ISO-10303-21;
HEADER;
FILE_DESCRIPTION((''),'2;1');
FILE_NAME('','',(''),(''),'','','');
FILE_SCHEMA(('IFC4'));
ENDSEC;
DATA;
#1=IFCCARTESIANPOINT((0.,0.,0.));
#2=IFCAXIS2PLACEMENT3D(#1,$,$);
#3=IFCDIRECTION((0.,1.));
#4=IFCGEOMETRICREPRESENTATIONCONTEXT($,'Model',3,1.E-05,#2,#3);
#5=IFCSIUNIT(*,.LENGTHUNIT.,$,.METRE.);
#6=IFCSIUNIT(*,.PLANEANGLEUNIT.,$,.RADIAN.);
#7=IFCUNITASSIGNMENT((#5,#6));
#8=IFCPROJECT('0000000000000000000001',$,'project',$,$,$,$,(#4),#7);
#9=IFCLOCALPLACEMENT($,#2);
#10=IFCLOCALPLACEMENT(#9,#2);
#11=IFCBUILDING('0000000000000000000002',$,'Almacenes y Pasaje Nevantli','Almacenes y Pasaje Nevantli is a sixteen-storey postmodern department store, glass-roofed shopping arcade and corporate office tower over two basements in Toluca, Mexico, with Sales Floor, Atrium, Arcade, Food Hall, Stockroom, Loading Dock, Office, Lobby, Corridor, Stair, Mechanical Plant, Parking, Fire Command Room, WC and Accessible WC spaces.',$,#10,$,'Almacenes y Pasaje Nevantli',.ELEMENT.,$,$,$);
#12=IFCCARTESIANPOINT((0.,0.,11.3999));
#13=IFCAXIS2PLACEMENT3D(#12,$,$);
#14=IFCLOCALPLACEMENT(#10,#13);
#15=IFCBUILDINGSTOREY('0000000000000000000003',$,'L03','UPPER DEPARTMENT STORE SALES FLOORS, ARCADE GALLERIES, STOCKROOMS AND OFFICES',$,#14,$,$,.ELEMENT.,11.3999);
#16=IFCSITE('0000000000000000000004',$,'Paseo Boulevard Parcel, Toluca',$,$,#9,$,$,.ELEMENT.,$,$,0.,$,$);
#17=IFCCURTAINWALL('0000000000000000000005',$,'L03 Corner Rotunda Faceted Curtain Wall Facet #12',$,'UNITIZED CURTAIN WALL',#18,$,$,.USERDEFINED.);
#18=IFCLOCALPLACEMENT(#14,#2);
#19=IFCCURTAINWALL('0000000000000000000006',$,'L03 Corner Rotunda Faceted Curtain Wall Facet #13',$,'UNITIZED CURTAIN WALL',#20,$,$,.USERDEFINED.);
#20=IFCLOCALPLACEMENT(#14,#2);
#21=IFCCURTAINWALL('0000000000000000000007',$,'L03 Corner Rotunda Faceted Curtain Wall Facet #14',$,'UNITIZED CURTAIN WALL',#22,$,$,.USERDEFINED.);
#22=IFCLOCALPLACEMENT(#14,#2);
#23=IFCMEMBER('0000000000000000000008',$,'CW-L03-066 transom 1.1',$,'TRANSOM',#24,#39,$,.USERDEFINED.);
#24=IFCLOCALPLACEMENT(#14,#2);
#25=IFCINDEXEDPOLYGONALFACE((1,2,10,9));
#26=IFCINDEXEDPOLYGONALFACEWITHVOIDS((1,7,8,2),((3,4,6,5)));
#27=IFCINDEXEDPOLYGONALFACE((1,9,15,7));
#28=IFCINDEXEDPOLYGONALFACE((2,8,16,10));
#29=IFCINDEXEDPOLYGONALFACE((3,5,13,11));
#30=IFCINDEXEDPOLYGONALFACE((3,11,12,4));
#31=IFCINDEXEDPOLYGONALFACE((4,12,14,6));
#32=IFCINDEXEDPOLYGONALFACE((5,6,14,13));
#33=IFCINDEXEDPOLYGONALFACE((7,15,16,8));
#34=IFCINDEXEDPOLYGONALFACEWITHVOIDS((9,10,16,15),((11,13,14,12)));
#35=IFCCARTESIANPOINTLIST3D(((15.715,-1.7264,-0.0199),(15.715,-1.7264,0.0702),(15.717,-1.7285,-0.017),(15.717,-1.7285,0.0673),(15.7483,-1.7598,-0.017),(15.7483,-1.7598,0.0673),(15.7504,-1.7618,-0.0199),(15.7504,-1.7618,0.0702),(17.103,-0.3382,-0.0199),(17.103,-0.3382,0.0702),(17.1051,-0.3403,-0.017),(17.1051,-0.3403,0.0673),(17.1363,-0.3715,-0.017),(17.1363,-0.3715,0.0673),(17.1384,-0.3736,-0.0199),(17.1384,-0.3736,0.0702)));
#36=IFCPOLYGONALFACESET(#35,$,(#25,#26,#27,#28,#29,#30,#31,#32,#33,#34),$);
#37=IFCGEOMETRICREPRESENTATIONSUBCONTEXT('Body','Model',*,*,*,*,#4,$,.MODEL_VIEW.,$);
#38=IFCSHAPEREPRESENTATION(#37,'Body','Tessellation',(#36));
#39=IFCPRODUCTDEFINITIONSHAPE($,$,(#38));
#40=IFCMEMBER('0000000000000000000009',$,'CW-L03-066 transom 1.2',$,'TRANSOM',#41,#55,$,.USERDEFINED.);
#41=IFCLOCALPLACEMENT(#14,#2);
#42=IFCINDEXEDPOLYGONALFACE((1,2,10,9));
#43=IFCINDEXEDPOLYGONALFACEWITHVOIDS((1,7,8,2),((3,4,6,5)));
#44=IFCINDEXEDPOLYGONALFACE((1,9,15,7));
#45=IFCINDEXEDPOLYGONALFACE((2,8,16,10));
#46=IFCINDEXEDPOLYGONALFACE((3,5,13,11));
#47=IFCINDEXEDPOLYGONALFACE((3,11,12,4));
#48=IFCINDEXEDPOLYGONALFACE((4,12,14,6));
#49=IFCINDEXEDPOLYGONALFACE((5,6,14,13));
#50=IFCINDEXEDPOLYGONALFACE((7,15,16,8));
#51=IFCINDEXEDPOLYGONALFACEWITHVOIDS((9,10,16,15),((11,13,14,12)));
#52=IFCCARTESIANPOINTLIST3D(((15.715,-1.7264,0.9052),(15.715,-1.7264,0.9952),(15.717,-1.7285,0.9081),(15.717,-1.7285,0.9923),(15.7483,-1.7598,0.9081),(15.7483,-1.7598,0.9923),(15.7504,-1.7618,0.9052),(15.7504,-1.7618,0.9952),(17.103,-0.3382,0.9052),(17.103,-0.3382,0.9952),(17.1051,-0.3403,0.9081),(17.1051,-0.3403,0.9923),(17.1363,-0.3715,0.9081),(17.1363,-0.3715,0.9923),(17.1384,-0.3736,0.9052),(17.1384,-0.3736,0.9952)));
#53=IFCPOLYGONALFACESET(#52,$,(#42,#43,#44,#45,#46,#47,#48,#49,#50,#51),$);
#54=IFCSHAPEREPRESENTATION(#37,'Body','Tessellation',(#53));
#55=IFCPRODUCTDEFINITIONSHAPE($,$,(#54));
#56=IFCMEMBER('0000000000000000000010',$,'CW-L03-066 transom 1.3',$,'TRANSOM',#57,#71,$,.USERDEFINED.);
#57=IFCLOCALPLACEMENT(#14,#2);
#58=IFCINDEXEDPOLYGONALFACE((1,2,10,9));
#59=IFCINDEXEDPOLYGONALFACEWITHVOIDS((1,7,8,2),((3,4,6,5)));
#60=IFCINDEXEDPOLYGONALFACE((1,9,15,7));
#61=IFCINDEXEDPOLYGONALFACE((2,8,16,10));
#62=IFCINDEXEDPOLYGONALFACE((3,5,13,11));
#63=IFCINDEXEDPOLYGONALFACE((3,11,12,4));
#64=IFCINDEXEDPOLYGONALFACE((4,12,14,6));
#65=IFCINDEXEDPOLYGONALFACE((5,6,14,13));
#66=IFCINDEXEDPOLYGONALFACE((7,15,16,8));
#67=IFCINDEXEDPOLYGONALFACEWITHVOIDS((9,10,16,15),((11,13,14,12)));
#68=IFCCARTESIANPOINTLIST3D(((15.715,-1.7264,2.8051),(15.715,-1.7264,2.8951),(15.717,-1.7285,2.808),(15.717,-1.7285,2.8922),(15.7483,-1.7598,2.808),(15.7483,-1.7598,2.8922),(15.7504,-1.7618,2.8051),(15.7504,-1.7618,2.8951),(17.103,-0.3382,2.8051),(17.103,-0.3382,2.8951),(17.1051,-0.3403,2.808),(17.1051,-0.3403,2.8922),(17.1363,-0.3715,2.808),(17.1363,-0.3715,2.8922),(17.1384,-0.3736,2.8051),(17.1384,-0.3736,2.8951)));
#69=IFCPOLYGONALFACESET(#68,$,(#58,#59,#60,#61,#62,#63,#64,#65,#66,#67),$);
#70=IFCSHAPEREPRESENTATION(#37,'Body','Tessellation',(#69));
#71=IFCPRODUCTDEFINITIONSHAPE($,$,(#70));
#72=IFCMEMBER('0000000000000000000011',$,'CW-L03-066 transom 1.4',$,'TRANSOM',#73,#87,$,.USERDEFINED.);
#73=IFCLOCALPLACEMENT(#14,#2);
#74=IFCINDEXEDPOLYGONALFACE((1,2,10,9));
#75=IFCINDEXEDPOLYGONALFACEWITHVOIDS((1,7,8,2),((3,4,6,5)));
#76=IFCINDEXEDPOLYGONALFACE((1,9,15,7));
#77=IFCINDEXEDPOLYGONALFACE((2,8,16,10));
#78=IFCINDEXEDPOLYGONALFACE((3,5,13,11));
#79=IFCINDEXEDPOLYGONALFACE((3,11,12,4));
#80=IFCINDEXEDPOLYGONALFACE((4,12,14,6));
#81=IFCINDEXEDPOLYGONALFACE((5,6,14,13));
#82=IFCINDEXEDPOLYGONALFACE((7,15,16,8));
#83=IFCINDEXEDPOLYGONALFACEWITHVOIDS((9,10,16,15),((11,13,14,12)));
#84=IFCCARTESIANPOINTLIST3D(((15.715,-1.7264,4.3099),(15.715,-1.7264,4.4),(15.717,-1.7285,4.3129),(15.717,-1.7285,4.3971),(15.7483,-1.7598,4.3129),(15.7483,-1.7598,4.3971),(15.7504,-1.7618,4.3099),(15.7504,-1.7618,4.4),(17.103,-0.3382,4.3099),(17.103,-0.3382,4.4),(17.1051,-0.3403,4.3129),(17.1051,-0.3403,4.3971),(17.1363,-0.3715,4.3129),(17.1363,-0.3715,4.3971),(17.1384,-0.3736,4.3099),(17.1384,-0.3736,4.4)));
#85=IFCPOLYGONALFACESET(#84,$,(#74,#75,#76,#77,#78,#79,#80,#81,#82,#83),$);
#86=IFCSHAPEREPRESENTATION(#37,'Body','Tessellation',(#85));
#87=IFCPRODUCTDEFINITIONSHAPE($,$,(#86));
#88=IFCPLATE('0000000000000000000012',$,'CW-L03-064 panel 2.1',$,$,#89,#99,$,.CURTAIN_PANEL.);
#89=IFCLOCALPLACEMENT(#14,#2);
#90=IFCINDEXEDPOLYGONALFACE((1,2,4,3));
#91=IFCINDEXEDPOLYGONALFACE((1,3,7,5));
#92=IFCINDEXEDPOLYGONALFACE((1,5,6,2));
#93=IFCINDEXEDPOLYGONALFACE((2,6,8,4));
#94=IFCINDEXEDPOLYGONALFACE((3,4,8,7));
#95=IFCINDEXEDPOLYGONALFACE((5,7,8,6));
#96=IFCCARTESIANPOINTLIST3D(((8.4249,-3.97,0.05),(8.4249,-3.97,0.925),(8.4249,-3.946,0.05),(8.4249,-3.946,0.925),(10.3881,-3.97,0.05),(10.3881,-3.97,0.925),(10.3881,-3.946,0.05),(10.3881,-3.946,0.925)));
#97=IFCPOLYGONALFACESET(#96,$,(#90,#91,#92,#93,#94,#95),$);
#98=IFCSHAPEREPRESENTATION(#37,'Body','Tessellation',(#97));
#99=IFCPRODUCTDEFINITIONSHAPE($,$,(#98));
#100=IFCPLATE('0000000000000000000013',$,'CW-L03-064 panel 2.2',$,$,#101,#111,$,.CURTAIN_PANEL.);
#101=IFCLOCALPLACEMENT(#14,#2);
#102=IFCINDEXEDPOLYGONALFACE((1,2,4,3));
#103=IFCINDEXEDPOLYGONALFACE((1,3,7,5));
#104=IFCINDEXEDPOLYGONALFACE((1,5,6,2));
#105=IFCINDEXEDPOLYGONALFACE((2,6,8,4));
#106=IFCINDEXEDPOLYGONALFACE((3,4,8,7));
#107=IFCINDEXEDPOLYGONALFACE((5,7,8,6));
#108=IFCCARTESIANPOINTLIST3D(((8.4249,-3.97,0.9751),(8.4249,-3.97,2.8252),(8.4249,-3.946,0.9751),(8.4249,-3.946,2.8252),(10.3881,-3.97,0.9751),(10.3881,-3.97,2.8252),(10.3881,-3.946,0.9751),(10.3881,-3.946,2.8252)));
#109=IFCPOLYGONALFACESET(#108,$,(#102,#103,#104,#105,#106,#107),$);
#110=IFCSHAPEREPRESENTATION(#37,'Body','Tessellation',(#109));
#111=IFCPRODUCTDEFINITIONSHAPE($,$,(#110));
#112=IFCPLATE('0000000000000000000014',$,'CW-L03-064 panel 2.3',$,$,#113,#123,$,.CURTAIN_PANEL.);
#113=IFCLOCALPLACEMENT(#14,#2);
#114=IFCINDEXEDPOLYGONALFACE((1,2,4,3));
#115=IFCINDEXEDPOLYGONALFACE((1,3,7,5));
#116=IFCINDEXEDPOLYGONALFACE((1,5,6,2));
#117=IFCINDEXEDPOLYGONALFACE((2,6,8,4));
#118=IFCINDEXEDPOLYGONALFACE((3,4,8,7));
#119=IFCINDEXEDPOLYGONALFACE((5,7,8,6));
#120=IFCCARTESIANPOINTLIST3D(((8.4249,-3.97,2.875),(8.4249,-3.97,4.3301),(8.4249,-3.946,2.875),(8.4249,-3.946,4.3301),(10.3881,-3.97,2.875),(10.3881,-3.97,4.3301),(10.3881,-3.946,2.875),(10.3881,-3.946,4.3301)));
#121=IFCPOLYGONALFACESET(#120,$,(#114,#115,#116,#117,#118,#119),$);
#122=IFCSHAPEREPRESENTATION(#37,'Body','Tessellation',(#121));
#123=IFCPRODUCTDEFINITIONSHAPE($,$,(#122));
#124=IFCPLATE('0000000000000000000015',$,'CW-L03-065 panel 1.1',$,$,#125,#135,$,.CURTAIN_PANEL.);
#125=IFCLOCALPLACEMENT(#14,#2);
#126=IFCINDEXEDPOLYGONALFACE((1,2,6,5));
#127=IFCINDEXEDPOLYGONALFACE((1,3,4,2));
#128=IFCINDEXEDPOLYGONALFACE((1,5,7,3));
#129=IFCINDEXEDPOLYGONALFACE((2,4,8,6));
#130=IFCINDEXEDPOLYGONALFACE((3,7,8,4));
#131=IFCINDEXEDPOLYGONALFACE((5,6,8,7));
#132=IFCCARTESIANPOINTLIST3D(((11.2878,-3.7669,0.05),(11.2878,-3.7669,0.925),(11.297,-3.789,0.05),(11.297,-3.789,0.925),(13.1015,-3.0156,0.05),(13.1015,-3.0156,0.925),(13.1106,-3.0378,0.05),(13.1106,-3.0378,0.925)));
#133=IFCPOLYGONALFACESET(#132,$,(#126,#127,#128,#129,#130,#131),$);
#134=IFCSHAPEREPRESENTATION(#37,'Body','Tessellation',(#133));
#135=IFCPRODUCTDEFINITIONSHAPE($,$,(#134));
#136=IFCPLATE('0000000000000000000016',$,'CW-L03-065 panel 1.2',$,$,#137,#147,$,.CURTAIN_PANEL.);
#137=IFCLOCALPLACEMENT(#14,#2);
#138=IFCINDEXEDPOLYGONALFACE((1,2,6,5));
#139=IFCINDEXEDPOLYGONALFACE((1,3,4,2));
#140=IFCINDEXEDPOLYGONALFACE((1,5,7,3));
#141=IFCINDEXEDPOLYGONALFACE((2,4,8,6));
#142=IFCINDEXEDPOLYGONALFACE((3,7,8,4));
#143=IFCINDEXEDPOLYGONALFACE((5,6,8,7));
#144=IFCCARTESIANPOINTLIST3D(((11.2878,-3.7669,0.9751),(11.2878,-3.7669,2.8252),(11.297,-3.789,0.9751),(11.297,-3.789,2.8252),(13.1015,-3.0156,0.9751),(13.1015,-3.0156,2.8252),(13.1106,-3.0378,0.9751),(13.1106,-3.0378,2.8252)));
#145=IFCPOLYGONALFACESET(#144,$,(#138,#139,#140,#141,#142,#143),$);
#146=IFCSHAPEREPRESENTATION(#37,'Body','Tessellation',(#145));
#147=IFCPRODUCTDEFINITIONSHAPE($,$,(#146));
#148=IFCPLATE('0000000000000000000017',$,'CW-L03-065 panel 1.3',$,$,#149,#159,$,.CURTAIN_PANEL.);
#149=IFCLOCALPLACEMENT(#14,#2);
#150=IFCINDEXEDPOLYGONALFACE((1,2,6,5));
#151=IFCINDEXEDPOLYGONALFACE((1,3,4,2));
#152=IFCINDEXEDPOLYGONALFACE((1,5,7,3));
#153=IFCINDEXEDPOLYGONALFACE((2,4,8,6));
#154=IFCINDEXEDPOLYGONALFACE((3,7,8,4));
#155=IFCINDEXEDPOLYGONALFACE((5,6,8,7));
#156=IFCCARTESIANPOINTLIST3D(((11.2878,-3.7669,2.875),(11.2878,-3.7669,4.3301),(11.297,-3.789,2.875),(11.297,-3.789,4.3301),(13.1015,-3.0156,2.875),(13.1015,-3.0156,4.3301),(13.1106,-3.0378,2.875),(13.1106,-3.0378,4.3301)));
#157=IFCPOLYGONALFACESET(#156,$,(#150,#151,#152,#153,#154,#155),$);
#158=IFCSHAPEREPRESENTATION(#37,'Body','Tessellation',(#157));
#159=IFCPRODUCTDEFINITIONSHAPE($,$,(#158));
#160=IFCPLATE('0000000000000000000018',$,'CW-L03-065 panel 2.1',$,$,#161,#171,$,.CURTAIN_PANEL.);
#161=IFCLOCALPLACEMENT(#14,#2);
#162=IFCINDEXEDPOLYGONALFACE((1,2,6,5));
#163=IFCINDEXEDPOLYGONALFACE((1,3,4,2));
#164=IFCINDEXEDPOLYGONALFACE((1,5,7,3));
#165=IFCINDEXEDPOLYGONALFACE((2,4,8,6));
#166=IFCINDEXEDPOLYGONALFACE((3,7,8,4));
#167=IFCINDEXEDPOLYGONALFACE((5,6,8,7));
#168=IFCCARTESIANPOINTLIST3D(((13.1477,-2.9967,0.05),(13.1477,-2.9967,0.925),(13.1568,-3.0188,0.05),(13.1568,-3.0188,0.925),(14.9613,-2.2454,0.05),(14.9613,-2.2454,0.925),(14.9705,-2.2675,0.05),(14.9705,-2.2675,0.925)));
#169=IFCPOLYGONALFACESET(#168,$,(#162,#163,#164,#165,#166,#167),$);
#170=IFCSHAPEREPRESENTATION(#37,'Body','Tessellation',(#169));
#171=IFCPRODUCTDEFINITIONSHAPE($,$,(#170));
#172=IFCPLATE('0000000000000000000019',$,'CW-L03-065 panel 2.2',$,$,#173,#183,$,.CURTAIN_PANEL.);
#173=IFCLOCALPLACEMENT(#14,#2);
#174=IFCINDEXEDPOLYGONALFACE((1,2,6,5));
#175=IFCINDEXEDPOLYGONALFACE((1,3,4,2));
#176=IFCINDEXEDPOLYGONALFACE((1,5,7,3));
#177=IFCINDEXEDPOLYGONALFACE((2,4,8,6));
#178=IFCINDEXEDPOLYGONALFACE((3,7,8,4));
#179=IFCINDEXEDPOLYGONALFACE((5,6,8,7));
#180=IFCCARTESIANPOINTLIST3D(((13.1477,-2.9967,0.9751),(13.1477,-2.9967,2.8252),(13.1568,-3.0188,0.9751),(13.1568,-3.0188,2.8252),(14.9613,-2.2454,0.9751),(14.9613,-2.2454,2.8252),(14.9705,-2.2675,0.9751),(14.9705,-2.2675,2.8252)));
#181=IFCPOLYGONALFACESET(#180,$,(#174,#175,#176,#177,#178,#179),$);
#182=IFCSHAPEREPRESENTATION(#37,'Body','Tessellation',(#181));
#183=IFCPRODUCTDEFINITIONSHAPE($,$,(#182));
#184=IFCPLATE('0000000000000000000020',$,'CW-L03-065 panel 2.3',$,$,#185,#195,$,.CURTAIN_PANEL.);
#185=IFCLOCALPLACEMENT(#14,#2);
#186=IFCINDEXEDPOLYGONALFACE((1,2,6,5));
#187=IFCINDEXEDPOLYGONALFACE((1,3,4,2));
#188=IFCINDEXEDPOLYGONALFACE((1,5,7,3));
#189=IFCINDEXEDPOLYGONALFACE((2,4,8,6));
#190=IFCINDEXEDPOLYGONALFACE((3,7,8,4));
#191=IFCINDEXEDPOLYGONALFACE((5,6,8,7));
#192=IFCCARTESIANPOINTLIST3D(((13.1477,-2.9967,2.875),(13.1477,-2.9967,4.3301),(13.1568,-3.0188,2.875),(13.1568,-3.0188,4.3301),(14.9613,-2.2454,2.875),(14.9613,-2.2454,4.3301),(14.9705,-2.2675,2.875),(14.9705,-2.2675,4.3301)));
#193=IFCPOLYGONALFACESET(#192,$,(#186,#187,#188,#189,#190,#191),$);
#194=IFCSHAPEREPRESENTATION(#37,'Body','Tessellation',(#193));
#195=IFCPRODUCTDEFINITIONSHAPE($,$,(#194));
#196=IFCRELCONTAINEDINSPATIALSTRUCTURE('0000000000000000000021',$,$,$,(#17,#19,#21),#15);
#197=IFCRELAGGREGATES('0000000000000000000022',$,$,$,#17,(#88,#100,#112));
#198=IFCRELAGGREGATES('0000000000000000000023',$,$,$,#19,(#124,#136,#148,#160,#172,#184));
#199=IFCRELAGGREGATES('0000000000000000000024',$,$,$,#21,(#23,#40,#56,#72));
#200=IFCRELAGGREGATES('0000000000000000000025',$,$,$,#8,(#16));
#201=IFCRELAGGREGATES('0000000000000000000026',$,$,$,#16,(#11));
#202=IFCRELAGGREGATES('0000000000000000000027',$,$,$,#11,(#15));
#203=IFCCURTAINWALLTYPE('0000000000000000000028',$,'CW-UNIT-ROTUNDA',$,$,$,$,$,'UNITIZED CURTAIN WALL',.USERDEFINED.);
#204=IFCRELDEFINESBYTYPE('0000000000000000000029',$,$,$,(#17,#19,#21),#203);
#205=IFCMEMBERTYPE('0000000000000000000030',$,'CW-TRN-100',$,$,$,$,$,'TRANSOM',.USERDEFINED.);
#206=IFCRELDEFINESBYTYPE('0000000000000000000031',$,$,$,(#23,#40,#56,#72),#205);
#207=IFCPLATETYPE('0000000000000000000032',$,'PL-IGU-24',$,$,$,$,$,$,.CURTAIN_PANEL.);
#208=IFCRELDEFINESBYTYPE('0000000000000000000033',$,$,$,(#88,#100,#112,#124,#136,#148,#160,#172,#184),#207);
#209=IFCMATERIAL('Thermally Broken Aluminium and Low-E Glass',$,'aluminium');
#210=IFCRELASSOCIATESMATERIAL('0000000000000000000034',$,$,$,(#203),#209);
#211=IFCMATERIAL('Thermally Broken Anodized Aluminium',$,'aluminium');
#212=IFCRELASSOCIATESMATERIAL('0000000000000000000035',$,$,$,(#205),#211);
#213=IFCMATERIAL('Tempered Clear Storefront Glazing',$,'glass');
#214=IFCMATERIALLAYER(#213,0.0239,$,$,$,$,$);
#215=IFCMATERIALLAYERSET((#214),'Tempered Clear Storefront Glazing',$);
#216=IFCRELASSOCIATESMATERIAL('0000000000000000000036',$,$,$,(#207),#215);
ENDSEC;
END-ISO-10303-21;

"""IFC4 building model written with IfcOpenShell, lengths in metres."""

from ifc_helpers import new_model, si_unit, direction, frame, origin, origin_2d, place, context, subcontext, project, spatial, rectangle, hollow_rectangle, extrude, material, layer, layer_set, material_profile, profile_set, type_object, element, aggregate, save


model = new_model("IFC4")

# Units and contexts
model_context = context("Model", 3, precision=1e-05, world=origin(), true_north=direction((0.0, 1.0)))
body_context = subcontext(model_context, "Body", "Model", "MODEL_VIEW")
ifc_project = project(units=[si_unit("LENGTHUNIT", "METRE"), si_unit("PLANEANGLEUNIT", "RADIAN")], contexts=[model_context])

# Site, building, storey
site_placement = place(None, origin())
site = spatial("IfcSite", under=ifc_project, at=site_placement, Name="Paseo Boulevard Parcel, Toluca", CompositionType="ELEMENT", RefElevation=0.0)
building_placement = place(site_placement, origin())
building = spatial("IfcBuilding", under=site, at=building_placement, Name="Almacenes y Pasaje Nevantli", Description="Almacenes y Pasaje Nevantli is a sixteen-storey postmodern department store, glass-roofed shopping arcade and corporate office tower over two basements in Toluca, Mexico, with Sales Floor, Atrium, Arcade, Food Hall, Stockroom, Loading Dock, Office, Lobby, Corridor, Stair, Mechanical Plant, Parking, Fire Command Room, WC and Accessible WC spaces.", LongName="Almacenes y Pasaje Nevantli", CompositionType="ELEMENT")
storey_placement = place(building_placement, frame((0.0, 0.0, 11.3999)))
storey = spatial("IfcBuildingStorey", under=building, at=storey_placement, Name="L03", Description="UPPER DEPARTMENT STORE SALES FLOORS, ARCADE GALLERIES, STOCKROOMS AND OFFICES", CompositionType="ELEMENT", Elevation=11.3999)

# Curtain wall
ifc_material_1 = material(Name="Thermally Broken Aluminium and Low-E Glass", Category="aluminium")
curtain_wall_type = type_object("IfcCurtainWallType", Name="CW-UNIT-ROTUNDA", ElementType="UNITIZED CURTAIN WALL", PredefinedType="USERDEFINED", material=ifc_material_1)
curtain_wall_1_placement = place(storey_placement, origin())
curtain_wall_1 = element("IfcCurtainWall", 1, at=curtain_wall_1_placement, inside=storey, type_object=curtain_wall_type, Name="L03 Corner Rotunda Faceted Curtain Wall Facet #12", ObjectType="UNITIZED CURTAIN WALL", PredefinedType="USERDEFINED")

# Curtain wall
curtain_wall_2_placement = place(storey_placement, origin())
curtain_wall_2 = element("IfcCurtainWall", 2, at=curtain_wall_2_placement, inside=storey, type_object=curtain_wall_type, Name="L03 Corner Rotunda Faceted Curtain Wall Facet #13", ObjectType="UNITIZED CURTAIN WALL", PredefinedType="USERDEFINED")

# Curtain wall
curtain_wall_3_placement = place(storey_placement, origin())
curtain_wall_3 = element("IfcCurtainWall", 3, at=curtain_wall_3_placement, inside=storey, type_object=curtain_wall_type, Name="L03 Corner Rotunda Faceted Curtain Wall Facet #14", ObjectType="UNITIZED CURTAIN WALL", PredefinedType="USERDEFINED")

# Members
ifc_material_2 = material(Name="Thermally Broken Anodized Aluminium", Category="aluminium")
ifc_material_profile_1 = material_profile(ifc_material_2, hollow_rectangle(XDim=0.05, YDim=0.0901, WallThickness=0.0029, at=origin_2d()), Name="ALU-TRN-50x90")
ifc_profile_set_1 = profile_set([ifc_material_profile_1], Name="Thermally Broken Anodized Aluminium")
member_type_1 = type_object("IfcMemberType", Name="CW-TRN-100", ElementType="TRANSOM", PredefinedType="USERDEFINED", material=ifc_profile_set_1)
member_1_placement = place(storey_placement, frame((15.7327, -1.7441, 0.0251), z_axis=(0.707045, 0.707169, 0.0), x_axis=(-0.707169, 0.707045, 0.0)))
member_1 = element("IfcMember", 4, at=member_1_placement, type_object=member_type_1, Name="CW-L03-066 transom 1.1", ObjectType="TRANSOM", PredefinedType="USERDEFINED", context=body_context, shape_type="SweptSolid", body=[
    extrude(hollow_rectangle(XDim=0.05, YDim=0.0901, WallThickness=0.0029, at=origin_2d()), origin(), (0.0, 0.0, 1.0), 1.9631),
])
member_2_placement = place(storey_placement, frame((15.7327, -1.7441, 0.9502), z_axis=(0.707045, 0.707169, 0.0), x_axis=(-0.707169, 0.707045, 0.0)))
member_2 = element("IfcMember", 5, at=member_2_placement, type_object=member_type_1, Name="CW-L03-066 transom 1.2", ObjectType="TRANSOM", PredefinedType="USERDEFINED", context=body_context, shape_type="SweptSolid", body=[
    extrude(hollow_rectangle(XDim=0.05, YDim=0.0901, WallThickness=0.0029, at=origin_2d()), origin(), (0.0, 0.0, 1.0), 1.9631),
])
member_3_placement = place(storey_placement, frame((15.7327, -1.7441, 2.8501), z_axis=(0.707045, 0.707169, 0.0), x_axis=(-0.707169, 0.707045, 0.0)))
member_3 = element("IfcMember", 6, at=member_3_placement, type_object=member_type_1, Name="CW-L03-066 transom 1.3", ObjectType="TRANSOM", PredefinedType="USERDEFINED", context=body_context, shape_type="SweptSolid", body=[
    extrude(hollow_rectangle(XDim=0.05, YDim=0.0901, WallThickness=0.0029, at=origin_2d()), origin(), (0.0, 0.0, 1.0), 1.9631),
])
member_4_placement = place(storey_placement, frame((15.7327, -1.7441, 4.355), z_axis=(0.707045, 0.707169, 0.0), x_axis=(-0.707169, 0.707045, 0.0)))
member_4 = element("IfcMember", 7, at=member_4_placement, type_object=member_type_1, Name="CW-L03-066 transom 1.4", ObjectType="TRANSOM", PredefinedType="USERDEFINED", context=body_context, shape_type="SweptSolid", body=[
    extrude(hollow_rectangle(XDim=0.05, YDim=0.0901, WallThickness=0.0029, at=origin_2d()), origin(), (0.0, 0.0, 1.0), 1.9631),
])

# Plates
ifc_material_3 = material(Name="Tempered Clear Storefront Glazing", Category="glass")
ifc_layer = layer(ifc_material_3, 0.0239)
ifc_layer_set = layer_set([ifc_layer], Name="Tempered Clear Storefront Glazing")
plate_type = type_object("IfcPlateType", Name="PL-IGU-24", PredefinedType="CURTAIN_PANEL", material=ifc_layer_set)
plate_1_placement = place(storey_placement, frame((9.4065, -3.958, 0.05), z_axis=(0.0, 0.0, 1.0), x_axis=(1.0, 0.0, 0.0)))
plate_1 = element("IfcPlate", 8, at=plate_1_placement, type_object=plate_type, Name="CW-L03-064 panel 2.1", PredefinedType="CURTAIN_PANEL", context=body_context, shape_type="SweptSolid", body=[
    extrude(rectangle(XDim=1.9631, YDim=0.0239, at=origin_2d()), origin(), (0.0, 0.0, 1.0), 0.875),
])
plate_2_placement = place(storey_placement, frame((9.4065, -3.958, 0.9751), z_axis=(0.0, 0.0, 1.0), x_axis=(1.0, 0.0, 0.0)))
plate_2 = element("IfcPlate", 9, at=plate_2_placement, type_object=plate_type, Name="CW-L03-064 panel 2.2", PredefinedType="CURTAIN_PANEL", context=body_context, shape_type="SweptSolid", body=[
    extrude(rectangle(XDim=1.9631, YDim=0.0239, at=origin_2d()), origin(), (0.0, 0.0, 1.0), 1.8501),
])
plate_3_placement = place(storey_placement, frame((9.4065, -3.958, 2.875), z_axis=(0.0, 0.0, 1.0), x_axis=(1.0, 0.0, 0.0)))
plate_3 = element("IfcPlate", 10, at=plate_3_placement, type_object=plate_type, Name="CW-L03-064 panel 2.3", PredefinedType="CURTAIN_PANEL", context=body_context, shape_type="SweptSolid", body=[
    extrude(rectangle(XDim=1.9631, YDim=0.0239, at=origin_2d()), origin(), (0.0, 0.0, 1.0), 1.4551),
])
aggregate(curtain_wall_1, [plate_1, plate_2, plate_3])
plate_4_placement = place(storey_placement, frame((12.1992, -3.4023, 0.05), z_axis=(0.0, 0.0, 1.0), x_axis=(0.923873, 0.382698, 0.0)))
plate_4 = element("IfcPlate", 11, at=plate_4_placement, type_object=plate_type, Name="CW-L03-065 panel 1.1", PredefinedType="CURTAIN_PANEL", context=body_context, shape_type="SweptSolid", body=[
    extrude(rectangle(XDim=1.9631, YDim=0.0239, at=origin_2d()), origin(), (0.0, 0.0, 1.0), 0.875),
])
plate_5_placement = place(storey_placement, frame((12.1992, -3.4023, 0.9751), z_axis=(0.0, 0.0, 1.0), x_axis=(0.923873, 0.382698, 0.0)))
plate_5 = element("IfcPlate", 12, at=plate_5_placement, type_object=plate_type, Name="CW-L03-065 panel 1.2", PredefinedType="CURTAIN_PANEL", context=body_context, shape_type="SweptSolid", body=[
    extrude(rectangle(XDim=1.9631, YDim=0.0239, at=origin_2d()), origin(), (0.0, 0.0, 1.0), 1.8501),
])
plate_6_placement = place(storey_placement, frame((12.1992, -3.4023, 2.875), z_axis=(0.0, 0.0, 1.0), x_axis=(0.923873, 0.382698, 0.0)))
plate_6 = element("IfcPlate", 13, at=plate_6_placement, type_object=plate_type, Name="CW-L03-065 panel 1.3", PredefinedType="CURTAIN_PANEL", context=body_context, shape_type="SweptSolid", body=[
    extrude(rectangle(XDim=1.9631, YDim=0.0239, at=origin_2d()), origin(), (0.0, 0.0, 1.0), 1.4551),
])
plate_7_placement = place(storey_placement, frame((14.0591, -2.6321, 0.05), z_axis=(0.0, 0.0, 1.0), x_axis=(0.923873, 0.382698, 0.0)))
plate_7 = element("IfcPlate", 14, at=plate_7_placement, type_object=plate_type, Name="CW-L03-065 panel 2.1", PredefinedType="CURTAIN_PANEL", context=body_context, shape_type="SweptSolid", body=[
    extrude(rectangle(XDim=1.9631, YDim=0.0239, at=origin_2d()), origin(), (0.0, 0.0, 1.0), 0.875),
])
plate_8_placement = place(storey_placement, frame((14.0591, -2.6321, 0.9751), z_axis=(0.0, 0.0, 1.0), x_axis=(0.923873, 0.382698, 0.0)))
plate_8 = element("IfcPlate", 15, at=plate_8_placement, type_object=plate_type, Name="CW-L03-065 panel 2.2", PredefinedType="CURTAIN_PANEL", context=body_context, shape_type="SweptSolid", body=[
    extrude(rectangle(XDim=1.9631, YDim=0.0239, at=origin_2d()), origin(), (0.0, 0.0, 1.0), 1.8501),
])
plate_9_placement = place(storey_placement, frame((14.0591, -2.6321, 2.875), z_axis=(0.0, 0.0, 1.0), x_axis=(0.923873, 0.382698, 0.0)))
plate_9 = element("IfcPlate", 16, at=plate_9_placement, type_object=plate_type, Name="CW-L03-065 panel 2.3", PredefinedType="CURTAIN_PANEL", context=body_context, shape_type="SweptSolid", body=[
    extrude(rectangle(XDim=1.9631, YDim=0.0239, at=origin_2d()), origin(), (0.0, 0.0, 1.0), 1.4551),
])
aggregate(curtain_wall_2, [plate_4, plate_5, plate_6, plate_7, plate_8, plate_9])
aggregate(curtain_wall_3, [member_1, member_2, member_3, member_4])

save(model, "model.ifc")
